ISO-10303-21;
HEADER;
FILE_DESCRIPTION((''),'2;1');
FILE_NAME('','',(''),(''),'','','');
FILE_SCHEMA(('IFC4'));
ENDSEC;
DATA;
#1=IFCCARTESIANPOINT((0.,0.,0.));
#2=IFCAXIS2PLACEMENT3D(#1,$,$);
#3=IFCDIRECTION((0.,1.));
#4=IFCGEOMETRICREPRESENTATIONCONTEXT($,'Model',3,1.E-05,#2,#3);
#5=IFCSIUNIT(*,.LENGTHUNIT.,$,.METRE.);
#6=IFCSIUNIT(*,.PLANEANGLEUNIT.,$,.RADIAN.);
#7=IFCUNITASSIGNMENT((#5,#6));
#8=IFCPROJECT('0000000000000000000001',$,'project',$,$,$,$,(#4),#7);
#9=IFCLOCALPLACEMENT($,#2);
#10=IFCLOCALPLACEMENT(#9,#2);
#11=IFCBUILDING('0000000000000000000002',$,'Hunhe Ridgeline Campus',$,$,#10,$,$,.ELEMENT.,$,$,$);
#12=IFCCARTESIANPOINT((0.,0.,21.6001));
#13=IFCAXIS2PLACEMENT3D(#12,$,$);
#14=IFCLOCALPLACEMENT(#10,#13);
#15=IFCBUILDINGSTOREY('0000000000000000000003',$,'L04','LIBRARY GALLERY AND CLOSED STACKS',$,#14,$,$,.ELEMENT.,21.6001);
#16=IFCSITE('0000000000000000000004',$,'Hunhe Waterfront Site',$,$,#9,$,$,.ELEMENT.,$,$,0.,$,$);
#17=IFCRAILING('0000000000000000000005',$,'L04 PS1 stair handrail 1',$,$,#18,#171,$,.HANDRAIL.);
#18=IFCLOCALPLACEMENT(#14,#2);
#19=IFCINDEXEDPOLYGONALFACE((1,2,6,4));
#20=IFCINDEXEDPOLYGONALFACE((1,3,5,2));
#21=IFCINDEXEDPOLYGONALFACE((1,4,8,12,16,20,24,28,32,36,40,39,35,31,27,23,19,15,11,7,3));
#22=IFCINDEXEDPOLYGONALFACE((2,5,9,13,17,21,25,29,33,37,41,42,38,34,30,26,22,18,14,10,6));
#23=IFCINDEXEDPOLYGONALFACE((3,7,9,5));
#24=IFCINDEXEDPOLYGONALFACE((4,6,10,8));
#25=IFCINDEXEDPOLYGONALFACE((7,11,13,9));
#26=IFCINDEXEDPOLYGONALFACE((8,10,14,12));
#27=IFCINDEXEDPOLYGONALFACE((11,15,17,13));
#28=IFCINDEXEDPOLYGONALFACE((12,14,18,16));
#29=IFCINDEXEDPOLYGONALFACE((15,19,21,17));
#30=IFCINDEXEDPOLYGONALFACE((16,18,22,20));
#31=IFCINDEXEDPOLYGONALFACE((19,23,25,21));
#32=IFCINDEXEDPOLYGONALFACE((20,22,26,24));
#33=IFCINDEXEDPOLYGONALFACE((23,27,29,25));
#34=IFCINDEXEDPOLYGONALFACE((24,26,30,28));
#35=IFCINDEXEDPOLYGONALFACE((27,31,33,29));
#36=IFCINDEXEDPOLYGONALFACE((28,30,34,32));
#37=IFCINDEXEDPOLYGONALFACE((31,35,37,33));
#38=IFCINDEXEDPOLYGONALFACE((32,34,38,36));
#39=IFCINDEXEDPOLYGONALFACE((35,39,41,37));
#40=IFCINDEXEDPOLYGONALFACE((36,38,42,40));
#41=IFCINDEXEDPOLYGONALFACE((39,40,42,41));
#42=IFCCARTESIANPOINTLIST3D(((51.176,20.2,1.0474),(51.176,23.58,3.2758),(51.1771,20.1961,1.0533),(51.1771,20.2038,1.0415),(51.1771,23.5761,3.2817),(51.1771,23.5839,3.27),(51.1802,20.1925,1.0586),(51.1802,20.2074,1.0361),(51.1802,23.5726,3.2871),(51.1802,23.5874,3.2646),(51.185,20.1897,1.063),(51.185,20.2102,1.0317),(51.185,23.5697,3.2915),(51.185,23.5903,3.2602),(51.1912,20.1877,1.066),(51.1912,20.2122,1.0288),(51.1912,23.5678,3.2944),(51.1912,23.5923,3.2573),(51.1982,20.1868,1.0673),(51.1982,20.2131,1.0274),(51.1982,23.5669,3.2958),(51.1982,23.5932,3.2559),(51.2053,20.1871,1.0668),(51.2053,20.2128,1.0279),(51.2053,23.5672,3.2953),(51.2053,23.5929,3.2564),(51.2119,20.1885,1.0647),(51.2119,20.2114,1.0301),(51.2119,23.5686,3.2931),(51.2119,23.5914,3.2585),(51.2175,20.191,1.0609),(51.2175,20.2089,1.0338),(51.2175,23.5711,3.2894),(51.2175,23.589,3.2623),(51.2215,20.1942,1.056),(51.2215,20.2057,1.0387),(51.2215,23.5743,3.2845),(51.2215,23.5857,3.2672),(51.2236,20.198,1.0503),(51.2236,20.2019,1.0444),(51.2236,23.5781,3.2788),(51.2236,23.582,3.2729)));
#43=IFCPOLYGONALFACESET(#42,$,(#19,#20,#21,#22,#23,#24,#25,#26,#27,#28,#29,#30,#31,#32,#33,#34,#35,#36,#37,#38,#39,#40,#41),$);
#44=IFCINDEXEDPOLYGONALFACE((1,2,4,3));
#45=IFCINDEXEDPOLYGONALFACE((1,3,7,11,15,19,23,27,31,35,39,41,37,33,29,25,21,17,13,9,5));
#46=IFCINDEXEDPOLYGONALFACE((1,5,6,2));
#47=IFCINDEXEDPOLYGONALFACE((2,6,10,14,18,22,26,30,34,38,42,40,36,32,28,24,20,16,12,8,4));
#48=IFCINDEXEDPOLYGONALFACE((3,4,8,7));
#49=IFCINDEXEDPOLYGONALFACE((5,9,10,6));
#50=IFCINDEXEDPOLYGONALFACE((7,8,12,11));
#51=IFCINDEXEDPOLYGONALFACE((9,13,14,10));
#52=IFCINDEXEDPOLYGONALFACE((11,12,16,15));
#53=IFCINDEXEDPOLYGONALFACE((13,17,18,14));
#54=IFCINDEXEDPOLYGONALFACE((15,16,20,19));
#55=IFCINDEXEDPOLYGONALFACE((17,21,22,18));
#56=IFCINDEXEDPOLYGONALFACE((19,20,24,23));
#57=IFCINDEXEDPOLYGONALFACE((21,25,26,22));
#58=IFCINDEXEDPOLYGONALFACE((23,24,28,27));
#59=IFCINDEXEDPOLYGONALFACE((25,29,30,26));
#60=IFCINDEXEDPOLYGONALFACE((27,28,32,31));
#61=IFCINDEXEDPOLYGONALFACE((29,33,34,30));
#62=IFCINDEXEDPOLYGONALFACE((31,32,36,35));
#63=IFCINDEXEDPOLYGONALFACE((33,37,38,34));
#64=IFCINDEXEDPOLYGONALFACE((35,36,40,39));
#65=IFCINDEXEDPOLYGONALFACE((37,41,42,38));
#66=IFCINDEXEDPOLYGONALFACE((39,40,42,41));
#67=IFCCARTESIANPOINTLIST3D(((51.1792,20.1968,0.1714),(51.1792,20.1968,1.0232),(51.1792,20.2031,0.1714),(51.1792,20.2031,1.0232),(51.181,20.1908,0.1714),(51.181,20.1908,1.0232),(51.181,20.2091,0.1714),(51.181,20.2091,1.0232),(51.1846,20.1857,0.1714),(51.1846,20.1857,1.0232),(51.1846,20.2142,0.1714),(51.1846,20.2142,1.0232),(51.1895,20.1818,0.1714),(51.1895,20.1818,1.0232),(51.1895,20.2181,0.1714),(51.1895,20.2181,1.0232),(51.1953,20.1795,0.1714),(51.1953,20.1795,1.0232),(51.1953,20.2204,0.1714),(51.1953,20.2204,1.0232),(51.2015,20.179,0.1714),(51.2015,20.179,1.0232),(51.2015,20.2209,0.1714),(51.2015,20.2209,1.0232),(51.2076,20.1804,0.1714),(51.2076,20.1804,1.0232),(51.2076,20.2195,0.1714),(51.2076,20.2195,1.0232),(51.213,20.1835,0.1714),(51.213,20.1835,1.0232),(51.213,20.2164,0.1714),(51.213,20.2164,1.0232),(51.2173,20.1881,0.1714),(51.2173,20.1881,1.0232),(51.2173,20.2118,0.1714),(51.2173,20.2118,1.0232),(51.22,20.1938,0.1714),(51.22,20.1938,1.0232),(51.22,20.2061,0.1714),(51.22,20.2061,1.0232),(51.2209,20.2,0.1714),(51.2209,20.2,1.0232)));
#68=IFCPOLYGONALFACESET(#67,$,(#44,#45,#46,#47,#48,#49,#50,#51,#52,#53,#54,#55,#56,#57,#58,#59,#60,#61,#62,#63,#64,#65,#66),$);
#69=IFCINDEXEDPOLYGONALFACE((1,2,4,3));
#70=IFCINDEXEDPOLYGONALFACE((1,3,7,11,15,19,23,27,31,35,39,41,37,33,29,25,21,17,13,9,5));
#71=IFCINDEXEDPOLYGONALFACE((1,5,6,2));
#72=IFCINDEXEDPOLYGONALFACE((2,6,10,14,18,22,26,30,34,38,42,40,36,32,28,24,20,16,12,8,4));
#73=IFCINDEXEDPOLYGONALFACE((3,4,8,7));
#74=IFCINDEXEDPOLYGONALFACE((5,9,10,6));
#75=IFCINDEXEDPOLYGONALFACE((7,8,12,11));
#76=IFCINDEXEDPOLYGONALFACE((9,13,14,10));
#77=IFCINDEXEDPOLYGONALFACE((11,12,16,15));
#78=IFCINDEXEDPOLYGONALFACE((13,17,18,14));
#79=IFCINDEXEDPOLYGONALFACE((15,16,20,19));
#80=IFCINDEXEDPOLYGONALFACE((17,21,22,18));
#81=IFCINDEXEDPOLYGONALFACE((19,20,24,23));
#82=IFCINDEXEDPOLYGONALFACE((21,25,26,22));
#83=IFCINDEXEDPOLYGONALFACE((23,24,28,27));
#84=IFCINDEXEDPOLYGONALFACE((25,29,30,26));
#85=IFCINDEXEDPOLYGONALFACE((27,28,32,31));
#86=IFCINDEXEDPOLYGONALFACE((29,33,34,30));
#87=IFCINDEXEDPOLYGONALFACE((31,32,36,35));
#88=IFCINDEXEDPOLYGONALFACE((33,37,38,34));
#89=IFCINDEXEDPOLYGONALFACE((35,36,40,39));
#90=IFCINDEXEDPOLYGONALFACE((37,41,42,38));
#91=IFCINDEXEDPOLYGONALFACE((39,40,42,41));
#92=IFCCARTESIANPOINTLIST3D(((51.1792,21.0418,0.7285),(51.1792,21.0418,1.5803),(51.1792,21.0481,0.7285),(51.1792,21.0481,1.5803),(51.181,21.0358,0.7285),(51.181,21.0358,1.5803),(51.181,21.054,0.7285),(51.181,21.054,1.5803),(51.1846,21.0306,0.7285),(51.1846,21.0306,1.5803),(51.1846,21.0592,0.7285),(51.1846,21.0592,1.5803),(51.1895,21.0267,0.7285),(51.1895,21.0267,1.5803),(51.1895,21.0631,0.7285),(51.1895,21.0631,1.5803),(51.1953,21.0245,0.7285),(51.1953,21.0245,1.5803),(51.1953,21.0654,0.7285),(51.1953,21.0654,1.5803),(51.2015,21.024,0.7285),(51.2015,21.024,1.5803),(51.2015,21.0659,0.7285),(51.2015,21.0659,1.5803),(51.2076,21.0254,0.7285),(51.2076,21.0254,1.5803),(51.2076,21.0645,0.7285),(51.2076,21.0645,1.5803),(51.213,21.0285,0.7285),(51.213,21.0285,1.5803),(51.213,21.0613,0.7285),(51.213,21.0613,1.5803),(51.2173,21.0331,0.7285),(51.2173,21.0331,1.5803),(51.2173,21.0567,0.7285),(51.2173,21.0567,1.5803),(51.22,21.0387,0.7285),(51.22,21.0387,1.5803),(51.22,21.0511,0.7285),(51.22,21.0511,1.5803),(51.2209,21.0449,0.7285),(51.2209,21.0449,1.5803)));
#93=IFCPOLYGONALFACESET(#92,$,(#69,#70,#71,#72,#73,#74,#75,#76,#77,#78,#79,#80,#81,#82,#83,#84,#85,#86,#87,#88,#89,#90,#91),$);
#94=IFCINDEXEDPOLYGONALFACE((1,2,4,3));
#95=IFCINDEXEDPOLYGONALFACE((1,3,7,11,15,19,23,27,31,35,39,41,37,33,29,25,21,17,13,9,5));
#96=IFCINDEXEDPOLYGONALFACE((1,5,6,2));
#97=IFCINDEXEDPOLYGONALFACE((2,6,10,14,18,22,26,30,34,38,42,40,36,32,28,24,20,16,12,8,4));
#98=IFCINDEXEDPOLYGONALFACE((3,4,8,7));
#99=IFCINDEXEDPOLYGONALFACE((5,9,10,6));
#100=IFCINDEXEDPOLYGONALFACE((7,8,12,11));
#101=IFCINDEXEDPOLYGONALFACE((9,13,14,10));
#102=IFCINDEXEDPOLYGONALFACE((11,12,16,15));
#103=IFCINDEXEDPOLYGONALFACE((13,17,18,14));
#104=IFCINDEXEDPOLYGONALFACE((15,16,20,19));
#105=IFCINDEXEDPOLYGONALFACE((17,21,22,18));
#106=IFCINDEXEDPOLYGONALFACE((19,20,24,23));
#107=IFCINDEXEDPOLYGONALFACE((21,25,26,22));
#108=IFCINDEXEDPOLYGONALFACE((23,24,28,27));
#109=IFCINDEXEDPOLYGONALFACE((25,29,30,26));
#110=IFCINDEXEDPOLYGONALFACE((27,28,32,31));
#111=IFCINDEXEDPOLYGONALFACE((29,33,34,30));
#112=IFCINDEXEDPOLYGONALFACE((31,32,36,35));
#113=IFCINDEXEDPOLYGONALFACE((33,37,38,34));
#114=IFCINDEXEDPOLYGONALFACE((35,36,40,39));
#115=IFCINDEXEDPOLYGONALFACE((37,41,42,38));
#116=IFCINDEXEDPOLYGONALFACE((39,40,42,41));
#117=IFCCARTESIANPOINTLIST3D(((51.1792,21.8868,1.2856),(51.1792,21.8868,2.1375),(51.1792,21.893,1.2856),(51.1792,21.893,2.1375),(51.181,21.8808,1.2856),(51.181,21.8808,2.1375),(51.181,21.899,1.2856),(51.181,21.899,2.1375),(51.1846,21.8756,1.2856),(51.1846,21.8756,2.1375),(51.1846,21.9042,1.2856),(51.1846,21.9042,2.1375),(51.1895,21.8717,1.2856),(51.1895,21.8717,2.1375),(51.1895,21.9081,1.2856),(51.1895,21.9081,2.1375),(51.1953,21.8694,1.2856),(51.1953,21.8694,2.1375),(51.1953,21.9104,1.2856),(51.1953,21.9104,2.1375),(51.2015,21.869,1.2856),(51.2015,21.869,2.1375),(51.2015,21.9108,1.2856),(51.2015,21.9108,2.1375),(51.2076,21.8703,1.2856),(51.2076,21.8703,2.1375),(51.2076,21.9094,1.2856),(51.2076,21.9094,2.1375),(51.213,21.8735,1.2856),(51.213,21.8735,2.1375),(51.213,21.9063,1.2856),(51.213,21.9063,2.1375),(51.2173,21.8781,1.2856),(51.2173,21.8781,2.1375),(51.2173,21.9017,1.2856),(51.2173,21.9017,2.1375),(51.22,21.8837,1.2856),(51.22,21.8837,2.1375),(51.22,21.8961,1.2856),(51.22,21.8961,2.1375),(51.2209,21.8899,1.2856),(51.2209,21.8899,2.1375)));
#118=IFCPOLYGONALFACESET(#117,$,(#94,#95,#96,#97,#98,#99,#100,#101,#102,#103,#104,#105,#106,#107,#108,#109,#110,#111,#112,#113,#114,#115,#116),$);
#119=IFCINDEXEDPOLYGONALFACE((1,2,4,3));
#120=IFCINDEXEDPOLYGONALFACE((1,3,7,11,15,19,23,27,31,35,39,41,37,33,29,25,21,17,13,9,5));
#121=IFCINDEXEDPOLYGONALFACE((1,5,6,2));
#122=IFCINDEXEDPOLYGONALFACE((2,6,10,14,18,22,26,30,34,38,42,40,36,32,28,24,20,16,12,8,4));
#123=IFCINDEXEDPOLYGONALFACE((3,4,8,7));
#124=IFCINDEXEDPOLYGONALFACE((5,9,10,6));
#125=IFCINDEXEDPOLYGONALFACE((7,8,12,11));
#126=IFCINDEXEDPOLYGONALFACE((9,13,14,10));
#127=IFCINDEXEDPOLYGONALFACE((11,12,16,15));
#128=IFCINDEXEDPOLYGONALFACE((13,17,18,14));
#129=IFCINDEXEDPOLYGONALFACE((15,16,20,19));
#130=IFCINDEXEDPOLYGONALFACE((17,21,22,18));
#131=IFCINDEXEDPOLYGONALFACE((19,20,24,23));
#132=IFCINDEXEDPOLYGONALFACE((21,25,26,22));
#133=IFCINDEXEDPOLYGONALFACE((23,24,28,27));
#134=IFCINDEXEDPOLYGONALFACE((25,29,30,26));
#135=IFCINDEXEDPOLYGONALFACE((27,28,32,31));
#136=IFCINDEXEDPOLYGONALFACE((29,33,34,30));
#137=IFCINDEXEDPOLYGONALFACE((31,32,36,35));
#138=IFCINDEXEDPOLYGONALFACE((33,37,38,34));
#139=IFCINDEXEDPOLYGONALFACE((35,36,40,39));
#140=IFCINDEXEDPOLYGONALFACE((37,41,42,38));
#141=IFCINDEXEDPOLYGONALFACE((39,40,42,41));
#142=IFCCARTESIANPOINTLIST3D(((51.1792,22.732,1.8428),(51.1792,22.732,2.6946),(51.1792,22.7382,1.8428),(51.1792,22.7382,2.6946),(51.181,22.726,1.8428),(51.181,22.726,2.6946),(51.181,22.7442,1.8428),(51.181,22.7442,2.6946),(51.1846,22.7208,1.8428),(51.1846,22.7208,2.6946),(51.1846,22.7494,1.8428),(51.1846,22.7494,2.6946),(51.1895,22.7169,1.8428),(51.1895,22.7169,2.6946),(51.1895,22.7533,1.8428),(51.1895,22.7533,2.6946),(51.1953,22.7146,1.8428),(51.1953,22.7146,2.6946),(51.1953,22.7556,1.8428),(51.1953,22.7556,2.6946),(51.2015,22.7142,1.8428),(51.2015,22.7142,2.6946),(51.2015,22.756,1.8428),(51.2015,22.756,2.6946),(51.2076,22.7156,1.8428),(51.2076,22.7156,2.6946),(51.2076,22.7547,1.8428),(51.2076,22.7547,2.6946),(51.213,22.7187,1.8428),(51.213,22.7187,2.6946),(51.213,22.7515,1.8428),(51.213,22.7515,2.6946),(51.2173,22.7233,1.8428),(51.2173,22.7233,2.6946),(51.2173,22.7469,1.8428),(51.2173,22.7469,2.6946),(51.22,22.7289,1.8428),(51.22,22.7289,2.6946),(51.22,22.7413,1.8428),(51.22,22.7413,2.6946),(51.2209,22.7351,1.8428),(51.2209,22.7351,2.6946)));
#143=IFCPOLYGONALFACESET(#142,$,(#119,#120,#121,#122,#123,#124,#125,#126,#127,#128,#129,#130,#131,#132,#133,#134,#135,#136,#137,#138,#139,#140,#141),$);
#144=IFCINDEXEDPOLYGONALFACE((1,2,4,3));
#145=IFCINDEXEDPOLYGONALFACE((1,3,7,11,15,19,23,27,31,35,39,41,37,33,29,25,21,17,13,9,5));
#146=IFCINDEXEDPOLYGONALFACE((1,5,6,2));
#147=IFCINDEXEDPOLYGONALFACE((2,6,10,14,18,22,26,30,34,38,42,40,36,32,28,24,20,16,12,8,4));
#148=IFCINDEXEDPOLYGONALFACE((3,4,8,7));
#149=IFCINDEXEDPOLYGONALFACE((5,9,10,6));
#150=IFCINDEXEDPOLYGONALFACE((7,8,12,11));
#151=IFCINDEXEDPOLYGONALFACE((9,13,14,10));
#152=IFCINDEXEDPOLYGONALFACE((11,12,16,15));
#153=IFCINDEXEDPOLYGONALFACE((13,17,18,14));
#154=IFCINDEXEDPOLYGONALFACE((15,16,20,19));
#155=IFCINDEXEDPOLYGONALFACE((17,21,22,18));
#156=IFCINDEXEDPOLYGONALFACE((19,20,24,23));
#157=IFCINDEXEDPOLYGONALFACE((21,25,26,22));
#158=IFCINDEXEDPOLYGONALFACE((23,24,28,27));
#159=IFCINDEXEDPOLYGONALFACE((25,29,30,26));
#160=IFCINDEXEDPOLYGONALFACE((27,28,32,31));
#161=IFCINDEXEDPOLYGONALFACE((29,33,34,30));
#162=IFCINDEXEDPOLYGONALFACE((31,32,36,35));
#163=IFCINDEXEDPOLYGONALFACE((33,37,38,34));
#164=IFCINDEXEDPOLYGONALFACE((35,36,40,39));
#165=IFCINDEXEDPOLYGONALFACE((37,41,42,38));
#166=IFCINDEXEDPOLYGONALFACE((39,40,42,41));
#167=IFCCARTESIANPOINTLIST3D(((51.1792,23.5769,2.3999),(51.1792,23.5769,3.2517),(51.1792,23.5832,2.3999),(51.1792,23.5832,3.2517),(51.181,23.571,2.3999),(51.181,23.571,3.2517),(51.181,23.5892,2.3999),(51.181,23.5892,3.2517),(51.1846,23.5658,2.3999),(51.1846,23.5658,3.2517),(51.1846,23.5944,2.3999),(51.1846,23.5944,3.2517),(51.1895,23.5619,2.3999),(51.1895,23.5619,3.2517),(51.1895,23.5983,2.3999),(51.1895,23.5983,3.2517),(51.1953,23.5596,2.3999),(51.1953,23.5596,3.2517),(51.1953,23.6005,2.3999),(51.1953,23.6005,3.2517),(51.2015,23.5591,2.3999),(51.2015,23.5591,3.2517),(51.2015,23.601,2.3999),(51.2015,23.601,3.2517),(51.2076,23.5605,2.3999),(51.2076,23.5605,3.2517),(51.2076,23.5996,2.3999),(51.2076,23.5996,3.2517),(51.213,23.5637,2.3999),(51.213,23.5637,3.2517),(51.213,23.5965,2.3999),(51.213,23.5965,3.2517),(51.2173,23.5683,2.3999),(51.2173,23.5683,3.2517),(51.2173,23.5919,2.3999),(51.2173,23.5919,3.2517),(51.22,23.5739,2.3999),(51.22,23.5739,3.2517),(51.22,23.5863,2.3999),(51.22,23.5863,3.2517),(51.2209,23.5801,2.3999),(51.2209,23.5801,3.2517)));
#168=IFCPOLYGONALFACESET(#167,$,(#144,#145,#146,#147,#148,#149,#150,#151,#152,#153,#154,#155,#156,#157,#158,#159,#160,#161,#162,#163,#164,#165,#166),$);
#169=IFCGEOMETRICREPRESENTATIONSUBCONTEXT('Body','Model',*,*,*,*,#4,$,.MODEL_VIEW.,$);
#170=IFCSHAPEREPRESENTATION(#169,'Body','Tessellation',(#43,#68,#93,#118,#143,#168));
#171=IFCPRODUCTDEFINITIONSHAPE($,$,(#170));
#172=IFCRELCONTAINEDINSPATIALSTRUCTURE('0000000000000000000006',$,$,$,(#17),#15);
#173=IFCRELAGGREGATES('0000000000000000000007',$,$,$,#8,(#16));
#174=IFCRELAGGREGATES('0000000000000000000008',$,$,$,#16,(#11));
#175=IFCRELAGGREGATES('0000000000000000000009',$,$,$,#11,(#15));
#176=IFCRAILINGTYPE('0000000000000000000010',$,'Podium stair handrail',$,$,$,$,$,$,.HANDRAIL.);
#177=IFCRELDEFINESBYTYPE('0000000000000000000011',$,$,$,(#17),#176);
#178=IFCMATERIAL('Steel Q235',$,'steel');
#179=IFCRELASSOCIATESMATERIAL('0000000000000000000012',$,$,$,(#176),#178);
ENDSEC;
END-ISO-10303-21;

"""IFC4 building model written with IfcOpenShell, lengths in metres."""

from ifc_helpers import new_model, si_unit, direction, frame, origin, origin_2d, place, context, subcontext, project, spatial, circle, extrude, material, type_object, element, save


model = new_model("IFC4")

# Units and contexts
model_context = context("Model", 3, precision=1e-05, world=origin(), true_north=direction((0.0, 1.0)))
body_context = subcontext(model_context, "Body", "Model", "MODEL_VIEW")
ifc_project = project(units=[si_unit("LENGTHUNIT", "METRE"), si_unit("PLANEANGLEUNIT", "RADIAN")], contexts=[model_context])

# Site, building, storey
site_placement = place(None, origin())
site = spatial("IfcSite", under=ifc_project, at=site_placement, Name="Hunhe Waterfront Site", CompositionType="ELEMENT", RefElevation=0.0)
building_placement = place(site_placement, origin())
building = spatial("IfcBuilding", under=site, at=building_placement, Name="Hunhe Ridgeline Campus", CompositionType="ELEMENT")
storey_placement = place(building_placement, frame((0.0, 0.0, 21.6001)))
storey = spatial("IfcBuildingStorey", under=building, at=storey_placement, Name="L04", Description="LIBRARY GALLERY AND CLOSED STACKS", CompositionType="ELEMENT", Elevation=21.6001)

# Shared definitions
ifc_material_1 = material(Name="Steel Q235", Category="steel")

# Railing
railing_type_1 = type_object("IfcRailingType", Name="Podium stair handrail", PredefinedType="HANDRAIL", material=ifc_material_1)
railing_1_placement = place(storey_placement, frame((51.2, 20.2, 0.1714)))
element("IfcRailing", 1, at=railing_1_placement, inside=storey, type_object=railing_type_1, Name="L04 PS1 stair handrail 1", PredefinedType="HANDRAIL", context=body_context, shape_type="SweptSolid", body=[
    extrude(circle(Radius=0.0239, at=origin_2d()), frame((0.0, 0.0, 0.876), z_axis=(0.0, 0.834878, 0.550435), x_axis=(-1.0, 0.0, 0.0)), (0.0, 0.0, 1.0), 4.0486),
    extrude(circle(Radius=0.021, at=origin_2d()), origin(), (0.0, 0.0, 1.0), 0.8518),
    extrude(circle(Radius=0.021, at=origin_2d()), frame((0.0, 0.845, 0.5571)), (0.0, 0.0, 1.0), 0.8518),
    extrude(circle(Radius=0.021, at=origin_2d()), frame((0.0, 1.6899, 1.1143)), (0.0, 0.0, 1.0), 0.8518),
    extrude(circle(Radius=0.021, at=origin_2d()), frame((0.0, 2.5352, 1.6714)), (0.0, 0.0, 1.0), 0.8518),
    extrude(circle(Radius=0.021, at=origin_2d()), frame((0.0, 3.3801, 2.2285)), (0.0, 0.0, 1.0), 0.8518),
])

save(model, "model.ifc")
